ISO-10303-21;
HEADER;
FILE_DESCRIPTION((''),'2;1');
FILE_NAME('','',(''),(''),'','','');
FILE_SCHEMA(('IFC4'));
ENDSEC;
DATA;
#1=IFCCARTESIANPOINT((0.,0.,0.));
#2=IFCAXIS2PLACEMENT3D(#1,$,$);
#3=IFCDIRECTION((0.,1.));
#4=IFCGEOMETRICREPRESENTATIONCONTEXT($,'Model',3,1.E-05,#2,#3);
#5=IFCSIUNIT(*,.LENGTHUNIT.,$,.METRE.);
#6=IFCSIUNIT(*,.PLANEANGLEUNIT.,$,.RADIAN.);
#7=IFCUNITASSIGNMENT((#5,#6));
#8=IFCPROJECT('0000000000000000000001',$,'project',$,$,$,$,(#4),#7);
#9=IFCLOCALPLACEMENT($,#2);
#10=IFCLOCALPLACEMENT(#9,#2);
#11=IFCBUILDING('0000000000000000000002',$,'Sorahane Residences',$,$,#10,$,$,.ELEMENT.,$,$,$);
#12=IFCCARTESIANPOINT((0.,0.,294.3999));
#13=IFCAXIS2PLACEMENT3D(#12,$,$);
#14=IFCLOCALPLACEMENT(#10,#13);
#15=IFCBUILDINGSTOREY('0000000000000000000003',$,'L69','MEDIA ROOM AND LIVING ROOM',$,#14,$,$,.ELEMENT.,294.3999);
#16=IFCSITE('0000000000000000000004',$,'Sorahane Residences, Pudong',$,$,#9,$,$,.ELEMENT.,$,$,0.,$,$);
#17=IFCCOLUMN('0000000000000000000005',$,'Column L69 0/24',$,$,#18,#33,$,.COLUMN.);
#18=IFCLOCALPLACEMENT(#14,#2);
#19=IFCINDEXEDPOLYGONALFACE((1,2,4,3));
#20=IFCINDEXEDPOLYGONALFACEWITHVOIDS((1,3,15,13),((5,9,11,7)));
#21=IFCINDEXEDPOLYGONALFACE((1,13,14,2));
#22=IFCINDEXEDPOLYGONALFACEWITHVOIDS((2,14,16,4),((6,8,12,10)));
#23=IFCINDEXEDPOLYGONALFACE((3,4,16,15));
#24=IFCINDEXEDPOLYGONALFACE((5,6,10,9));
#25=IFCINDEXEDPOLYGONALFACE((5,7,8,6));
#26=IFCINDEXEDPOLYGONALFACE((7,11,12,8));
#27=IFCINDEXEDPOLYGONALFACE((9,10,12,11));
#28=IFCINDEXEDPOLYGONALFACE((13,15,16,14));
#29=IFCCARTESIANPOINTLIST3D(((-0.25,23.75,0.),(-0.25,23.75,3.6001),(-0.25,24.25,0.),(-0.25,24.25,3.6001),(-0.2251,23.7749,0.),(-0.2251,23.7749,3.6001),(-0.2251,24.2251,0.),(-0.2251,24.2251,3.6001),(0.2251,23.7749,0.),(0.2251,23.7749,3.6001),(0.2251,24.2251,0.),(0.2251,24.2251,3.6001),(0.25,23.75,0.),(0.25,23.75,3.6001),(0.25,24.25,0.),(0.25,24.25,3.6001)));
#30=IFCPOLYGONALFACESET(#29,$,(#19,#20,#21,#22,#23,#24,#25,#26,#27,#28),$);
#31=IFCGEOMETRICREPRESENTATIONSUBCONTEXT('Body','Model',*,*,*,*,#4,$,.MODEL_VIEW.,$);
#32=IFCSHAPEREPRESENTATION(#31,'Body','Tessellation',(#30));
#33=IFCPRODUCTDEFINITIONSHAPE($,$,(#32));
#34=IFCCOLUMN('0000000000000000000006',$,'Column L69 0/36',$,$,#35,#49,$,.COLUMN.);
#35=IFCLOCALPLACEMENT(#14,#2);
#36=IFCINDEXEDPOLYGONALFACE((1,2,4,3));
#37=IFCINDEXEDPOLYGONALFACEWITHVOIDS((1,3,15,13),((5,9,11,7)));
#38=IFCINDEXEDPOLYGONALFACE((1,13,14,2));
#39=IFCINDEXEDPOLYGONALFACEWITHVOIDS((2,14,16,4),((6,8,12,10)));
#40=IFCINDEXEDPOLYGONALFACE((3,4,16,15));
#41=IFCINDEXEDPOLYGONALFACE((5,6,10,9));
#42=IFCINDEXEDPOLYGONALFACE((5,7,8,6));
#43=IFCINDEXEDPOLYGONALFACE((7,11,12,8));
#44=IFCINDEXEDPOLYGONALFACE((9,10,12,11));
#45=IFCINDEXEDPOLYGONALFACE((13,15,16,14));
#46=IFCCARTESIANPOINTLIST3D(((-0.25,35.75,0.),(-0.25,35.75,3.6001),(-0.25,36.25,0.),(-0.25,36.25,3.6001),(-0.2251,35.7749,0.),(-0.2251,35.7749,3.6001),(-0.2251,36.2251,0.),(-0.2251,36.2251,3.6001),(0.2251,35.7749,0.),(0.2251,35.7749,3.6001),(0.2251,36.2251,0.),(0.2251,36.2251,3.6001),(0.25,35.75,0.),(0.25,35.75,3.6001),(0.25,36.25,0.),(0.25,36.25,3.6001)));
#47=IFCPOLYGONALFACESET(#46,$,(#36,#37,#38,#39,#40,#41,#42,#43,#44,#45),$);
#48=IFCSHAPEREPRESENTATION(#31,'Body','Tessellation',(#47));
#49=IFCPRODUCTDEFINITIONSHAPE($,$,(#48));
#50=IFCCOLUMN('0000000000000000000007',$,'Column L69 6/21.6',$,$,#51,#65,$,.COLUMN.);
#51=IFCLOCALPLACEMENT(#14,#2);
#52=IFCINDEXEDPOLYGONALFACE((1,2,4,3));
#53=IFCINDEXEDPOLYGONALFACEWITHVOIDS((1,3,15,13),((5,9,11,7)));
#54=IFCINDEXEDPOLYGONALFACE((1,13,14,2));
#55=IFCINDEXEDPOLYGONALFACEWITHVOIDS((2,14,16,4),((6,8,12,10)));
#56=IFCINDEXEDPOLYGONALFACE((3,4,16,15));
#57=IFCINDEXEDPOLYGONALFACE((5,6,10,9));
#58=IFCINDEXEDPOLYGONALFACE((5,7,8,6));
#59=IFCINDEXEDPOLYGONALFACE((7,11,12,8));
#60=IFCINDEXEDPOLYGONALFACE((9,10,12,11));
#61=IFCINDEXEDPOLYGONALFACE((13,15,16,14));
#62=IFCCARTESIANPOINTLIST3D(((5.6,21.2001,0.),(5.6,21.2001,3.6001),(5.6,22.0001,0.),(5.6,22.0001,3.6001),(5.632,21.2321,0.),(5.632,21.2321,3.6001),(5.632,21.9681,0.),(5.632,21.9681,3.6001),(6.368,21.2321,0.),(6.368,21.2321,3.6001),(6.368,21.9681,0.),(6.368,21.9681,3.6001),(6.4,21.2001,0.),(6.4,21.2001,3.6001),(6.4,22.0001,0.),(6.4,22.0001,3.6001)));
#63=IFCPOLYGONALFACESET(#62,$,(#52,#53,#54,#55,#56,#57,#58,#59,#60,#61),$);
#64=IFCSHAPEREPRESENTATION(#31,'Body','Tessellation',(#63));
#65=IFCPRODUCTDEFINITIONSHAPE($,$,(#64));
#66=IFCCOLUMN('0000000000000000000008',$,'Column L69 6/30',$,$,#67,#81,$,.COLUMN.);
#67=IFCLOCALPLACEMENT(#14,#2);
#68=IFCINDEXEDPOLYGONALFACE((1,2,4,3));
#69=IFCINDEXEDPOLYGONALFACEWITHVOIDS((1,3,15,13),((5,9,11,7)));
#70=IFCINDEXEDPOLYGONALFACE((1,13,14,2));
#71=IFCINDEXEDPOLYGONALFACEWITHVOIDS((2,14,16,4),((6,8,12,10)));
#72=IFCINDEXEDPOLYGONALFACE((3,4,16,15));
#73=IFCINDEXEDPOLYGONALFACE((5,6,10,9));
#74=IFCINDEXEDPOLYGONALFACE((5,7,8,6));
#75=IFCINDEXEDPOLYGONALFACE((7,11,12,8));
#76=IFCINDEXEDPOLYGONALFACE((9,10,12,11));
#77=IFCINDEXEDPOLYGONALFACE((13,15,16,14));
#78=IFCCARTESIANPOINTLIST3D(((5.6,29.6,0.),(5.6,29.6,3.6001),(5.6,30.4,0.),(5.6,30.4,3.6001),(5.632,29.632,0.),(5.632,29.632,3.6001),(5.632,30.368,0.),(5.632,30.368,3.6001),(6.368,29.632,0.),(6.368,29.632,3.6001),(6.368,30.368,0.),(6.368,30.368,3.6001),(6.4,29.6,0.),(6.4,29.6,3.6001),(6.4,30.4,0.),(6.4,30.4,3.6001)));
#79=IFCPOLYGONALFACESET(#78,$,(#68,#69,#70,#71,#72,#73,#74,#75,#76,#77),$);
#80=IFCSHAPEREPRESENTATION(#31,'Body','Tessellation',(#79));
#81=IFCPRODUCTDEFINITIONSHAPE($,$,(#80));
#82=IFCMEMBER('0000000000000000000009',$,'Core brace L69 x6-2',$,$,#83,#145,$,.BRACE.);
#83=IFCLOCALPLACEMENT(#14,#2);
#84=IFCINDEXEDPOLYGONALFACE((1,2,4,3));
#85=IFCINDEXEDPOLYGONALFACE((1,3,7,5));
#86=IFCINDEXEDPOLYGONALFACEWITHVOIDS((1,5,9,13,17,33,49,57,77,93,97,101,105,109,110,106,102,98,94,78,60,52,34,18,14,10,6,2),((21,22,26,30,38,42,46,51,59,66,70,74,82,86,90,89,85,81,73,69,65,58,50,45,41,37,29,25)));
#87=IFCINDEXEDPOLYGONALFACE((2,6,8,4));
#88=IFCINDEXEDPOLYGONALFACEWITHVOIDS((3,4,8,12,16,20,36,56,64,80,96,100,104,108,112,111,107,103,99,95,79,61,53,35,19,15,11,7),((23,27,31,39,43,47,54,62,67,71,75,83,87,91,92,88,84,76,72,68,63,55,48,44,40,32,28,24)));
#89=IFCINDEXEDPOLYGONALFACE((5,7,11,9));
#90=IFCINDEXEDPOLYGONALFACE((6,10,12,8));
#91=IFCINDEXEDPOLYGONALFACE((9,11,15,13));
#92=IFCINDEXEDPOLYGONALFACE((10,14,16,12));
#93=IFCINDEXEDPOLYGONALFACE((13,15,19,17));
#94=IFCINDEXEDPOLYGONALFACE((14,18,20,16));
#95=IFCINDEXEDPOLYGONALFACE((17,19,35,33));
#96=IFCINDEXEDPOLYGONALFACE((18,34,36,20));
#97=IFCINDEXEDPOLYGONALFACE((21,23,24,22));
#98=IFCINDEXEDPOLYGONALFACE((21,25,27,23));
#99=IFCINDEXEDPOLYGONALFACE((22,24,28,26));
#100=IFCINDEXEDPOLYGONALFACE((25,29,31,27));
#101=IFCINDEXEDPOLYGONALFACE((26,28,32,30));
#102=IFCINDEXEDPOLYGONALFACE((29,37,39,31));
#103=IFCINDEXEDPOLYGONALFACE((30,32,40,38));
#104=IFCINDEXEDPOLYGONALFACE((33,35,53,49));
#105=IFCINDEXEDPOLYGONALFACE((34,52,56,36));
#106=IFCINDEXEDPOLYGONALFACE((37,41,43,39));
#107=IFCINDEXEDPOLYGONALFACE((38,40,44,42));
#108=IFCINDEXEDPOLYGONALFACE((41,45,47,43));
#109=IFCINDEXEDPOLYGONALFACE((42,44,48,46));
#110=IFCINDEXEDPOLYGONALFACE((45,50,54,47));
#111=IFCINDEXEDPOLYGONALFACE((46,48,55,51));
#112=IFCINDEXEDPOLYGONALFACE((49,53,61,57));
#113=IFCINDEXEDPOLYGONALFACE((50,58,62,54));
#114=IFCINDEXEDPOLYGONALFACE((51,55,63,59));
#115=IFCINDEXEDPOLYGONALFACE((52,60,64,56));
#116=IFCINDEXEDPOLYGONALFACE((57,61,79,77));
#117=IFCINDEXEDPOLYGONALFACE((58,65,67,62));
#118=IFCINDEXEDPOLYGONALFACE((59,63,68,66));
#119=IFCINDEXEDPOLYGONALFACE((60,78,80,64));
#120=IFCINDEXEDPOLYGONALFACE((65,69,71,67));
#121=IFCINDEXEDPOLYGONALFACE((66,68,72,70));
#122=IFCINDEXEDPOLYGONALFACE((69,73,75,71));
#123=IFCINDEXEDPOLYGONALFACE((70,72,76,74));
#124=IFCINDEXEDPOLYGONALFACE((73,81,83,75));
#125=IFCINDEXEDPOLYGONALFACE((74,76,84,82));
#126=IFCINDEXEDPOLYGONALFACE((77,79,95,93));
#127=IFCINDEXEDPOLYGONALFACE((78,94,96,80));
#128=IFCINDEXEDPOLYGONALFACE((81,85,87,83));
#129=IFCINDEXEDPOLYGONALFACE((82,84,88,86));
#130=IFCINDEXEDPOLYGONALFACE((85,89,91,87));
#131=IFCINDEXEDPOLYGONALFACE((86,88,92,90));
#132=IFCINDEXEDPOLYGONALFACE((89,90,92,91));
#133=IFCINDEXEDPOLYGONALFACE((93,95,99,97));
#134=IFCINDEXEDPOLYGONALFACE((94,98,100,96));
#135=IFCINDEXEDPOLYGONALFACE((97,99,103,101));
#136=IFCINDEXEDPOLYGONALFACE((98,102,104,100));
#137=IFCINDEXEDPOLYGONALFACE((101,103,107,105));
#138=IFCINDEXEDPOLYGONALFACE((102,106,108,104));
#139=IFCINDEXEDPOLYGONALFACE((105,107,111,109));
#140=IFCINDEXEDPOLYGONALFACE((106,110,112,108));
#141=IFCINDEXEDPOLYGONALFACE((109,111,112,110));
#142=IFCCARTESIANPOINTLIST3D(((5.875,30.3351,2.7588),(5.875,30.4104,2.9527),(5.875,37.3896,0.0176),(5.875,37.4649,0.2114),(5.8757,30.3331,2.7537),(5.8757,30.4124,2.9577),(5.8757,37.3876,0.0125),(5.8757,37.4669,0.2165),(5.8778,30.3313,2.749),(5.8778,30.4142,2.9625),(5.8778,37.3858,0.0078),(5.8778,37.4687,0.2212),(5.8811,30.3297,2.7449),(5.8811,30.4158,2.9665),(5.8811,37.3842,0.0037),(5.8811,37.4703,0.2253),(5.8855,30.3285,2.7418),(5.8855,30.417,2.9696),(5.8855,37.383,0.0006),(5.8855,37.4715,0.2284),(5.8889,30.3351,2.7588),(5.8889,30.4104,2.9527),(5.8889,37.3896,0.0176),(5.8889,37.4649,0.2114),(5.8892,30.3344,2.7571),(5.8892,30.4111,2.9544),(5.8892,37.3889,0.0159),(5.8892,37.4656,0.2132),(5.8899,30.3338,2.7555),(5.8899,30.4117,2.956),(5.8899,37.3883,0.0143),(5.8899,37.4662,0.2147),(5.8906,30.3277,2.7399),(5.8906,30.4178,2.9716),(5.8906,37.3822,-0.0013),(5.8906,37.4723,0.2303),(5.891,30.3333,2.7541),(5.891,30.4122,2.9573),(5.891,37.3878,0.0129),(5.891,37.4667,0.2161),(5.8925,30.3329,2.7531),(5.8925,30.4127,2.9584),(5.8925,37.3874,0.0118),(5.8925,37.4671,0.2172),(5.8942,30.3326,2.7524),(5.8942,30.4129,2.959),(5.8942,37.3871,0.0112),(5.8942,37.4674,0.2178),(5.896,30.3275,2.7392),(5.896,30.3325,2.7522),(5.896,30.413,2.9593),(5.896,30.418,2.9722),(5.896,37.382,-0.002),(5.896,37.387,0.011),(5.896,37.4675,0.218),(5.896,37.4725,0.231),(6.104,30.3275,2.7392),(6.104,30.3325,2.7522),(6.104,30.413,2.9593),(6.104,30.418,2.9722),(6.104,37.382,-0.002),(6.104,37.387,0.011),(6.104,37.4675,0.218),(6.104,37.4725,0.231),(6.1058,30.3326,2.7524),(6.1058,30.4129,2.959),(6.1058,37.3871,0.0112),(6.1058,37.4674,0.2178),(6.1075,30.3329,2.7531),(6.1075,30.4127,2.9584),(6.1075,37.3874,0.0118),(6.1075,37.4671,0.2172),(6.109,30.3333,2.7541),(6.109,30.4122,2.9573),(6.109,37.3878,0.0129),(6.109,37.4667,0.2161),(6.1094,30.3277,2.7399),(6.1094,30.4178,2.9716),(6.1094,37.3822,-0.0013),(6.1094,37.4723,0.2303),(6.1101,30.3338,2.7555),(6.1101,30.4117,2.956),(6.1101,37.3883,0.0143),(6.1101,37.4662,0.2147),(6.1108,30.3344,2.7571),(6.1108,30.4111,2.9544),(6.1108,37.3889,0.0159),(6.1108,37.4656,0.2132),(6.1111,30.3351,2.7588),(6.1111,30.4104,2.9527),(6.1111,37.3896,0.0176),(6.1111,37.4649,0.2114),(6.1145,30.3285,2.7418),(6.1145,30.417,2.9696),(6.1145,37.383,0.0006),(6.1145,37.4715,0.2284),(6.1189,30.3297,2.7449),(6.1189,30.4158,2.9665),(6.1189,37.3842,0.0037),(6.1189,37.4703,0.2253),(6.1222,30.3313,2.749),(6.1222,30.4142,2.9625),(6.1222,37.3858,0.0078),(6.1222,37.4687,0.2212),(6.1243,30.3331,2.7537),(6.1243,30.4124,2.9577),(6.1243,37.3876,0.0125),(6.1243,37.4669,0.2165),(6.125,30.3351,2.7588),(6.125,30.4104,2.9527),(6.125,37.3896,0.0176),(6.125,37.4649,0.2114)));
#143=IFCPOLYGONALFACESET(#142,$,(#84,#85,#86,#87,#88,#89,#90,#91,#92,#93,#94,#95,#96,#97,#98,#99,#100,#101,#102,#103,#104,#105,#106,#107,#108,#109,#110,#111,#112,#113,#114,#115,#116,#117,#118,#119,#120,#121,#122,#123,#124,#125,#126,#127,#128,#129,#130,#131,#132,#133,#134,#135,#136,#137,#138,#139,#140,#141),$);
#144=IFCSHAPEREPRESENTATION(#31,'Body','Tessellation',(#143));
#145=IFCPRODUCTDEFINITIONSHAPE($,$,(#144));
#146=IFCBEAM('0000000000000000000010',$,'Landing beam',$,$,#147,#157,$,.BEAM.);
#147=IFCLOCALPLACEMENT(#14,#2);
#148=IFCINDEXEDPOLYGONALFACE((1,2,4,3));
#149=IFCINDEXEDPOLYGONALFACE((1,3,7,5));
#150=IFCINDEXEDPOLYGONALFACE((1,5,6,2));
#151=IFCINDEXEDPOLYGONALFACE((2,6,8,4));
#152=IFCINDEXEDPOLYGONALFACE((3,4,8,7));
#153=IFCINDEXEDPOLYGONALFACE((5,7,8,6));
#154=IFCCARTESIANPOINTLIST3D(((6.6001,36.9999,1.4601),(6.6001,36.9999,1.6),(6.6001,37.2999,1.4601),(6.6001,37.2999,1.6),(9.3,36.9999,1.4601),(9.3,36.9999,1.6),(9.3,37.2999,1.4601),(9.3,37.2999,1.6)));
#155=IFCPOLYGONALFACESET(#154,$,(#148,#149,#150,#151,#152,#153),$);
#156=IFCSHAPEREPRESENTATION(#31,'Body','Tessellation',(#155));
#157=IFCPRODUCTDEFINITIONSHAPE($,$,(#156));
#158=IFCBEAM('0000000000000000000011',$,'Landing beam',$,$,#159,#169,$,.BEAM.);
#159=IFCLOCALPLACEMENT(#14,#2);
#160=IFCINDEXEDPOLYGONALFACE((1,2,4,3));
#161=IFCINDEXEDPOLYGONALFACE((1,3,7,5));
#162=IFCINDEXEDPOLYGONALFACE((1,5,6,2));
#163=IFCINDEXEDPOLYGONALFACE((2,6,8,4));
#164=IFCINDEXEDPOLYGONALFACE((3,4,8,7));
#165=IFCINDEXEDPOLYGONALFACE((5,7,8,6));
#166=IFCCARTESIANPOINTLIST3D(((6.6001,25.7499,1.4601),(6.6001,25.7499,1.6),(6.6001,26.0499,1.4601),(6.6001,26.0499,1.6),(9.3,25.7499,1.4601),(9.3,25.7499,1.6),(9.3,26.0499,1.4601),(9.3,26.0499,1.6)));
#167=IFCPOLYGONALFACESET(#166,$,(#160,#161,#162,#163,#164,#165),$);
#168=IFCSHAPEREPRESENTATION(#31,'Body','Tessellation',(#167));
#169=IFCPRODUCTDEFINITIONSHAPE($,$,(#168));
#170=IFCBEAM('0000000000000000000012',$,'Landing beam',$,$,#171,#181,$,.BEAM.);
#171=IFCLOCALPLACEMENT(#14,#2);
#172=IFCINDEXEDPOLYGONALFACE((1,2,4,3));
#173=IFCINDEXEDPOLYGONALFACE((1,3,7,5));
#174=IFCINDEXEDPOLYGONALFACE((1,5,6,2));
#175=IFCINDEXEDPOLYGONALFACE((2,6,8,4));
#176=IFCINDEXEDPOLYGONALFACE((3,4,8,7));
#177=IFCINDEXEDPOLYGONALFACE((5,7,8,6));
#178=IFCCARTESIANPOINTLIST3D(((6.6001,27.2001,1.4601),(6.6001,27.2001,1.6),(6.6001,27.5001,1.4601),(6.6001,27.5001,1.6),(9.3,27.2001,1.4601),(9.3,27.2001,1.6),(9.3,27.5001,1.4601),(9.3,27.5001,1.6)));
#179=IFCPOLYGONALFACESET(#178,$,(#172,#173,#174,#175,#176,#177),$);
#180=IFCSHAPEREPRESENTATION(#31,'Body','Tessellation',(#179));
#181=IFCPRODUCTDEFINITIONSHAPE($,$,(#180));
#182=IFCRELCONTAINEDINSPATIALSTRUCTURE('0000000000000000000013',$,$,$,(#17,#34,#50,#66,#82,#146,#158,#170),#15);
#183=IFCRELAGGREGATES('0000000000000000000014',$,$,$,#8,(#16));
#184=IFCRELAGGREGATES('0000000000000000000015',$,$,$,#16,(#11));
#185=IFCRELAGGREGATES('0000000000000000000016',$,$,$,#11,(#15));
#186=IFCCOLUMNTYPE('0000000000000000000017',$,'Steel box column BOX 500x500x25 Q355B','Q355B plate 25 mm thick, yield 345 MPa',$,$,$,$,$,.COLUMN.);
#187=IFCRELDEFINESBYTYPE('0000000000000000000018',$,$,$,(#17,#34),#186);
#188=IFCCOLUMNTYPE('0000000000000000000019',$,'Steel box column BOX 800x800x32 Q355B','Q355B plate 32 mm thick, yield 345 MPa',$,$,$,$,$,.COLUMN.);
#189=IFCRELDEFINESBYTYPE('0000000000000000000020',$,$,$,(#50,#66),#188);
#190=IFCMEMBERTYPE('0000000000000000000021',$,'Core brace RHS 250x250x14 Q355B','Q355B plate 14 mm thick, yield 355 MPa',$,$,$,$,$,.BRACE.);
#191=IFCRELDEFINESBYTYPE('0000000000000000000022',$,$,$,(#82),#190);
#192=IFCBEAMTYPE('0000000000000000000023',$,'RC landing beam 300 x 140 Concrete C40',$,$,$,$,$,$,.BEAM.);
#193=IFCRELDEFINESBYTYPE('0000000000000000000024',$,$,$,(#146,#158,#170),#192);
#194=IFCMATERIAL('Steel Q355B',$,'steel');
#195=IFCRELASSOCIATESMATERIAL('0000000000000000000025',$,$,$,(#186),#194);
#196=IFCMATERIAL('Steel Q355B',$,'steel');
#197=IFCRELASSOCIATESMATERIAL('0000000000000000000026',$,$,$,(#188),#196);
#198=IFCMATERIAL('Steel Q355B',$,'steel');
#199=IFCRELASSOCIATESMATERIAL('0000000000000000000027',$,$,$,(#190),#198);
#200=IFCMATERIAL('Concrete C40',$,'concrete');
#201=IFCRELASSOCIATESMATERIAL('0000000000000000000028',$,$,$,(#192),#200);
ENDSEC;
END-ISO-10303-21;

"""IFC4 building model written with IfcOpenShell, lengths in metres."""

from ifc_helpers import new_model, si_unit, direction, frame, origin, origin_2d, place, context, subcontext, project, spatial, rectangle, hollow_rectangle, extrude, material, material_profile, profile_set, type_object, element, save


model = new_model("IFC4")

# Units and contexts
model_context = context("Model", 3, precision=1e-05, world=origin(), true_north=direction((0.0, 1.0)))
body_context = subcontext(model_context, "Body", "Model", "MODEL_VIEW")
ifc_project = project(units=[si_unit("LENGTHUNIT", "METRE"), si_unit("PLANEANGLEUNIT", "RADIAN")], contexts=[model_context])

# Site, building, storey
site_placement = place(None, origin())
site = spatial("IfcSite", under=ifc_project, at=site_placement, Name="Sorahane Residences, Pudong", CompositionType="ELEMENT", RefElevation=0.0)
building_placement = place(site_placement, origin())
building = spatial("IfcBuilding", under=site, at=building_placement, Name="Sorahane Residences", CompositionType="ELEMENT")
storey_placement = place(building_placement, frame((0.0, 0.0, 294.3999)))
storey = spatial("IfcBuildingStorey", under=building, at=storey_placement, Name="L69", Description="MEDIA ROOM AND LIVING ROOM", CompositionType="ELEMENT", Elevation=294.3999)

# Columns
ifc_material_1 = material(Name="Steel Q355B", Category="steel")
ifc_material_profile_1 = material_profile(ifc_material_1, hollow_rectangle(XDim=0.5, YDim=0.5, WallThickness=0.0249, at=origin_2d()), Name="BOX 500x500x25")
ifc_profile_set_1 = profile_set([ifc_material_profile_1], Name="Steel Q355B")
column_type_1 = type_object("IfcColumnType", Name="Steel box column BOX 500x500x25 Q355B", Description="Q355B plate 25 mm thick, yield 345 MPa", PredefinedType="COLUMN", material=ifc_profile_set_1)
for number, where, z_axis, x_axis, name in (
    (1, (0.0, 24.0, 0.0), (0.0, 0.0, 1.0), (1.0, 0.0, 0.0), "Column L69 0/24"),
    (2, (0.0, 36.0, 0.0), (0.0, 0.0, 1.0), (1.0, 0.0, 0.0), "Column L69 0/36"),
):
    element("IfcColumn", number, at=place(storey_placement, frame(where, z_axis=z_axis, x_axis=x_axis)), inside=storey, type_object=column_type_1, Name=name, PredefinedType="COLUMN", context=body_context, shape_type="SweptSolid", body=[
        extrude(hollow_rectangle(XDim=0.5, YDim=0.5, WallThickness=0.0249, at=origin_2d()), origin(), (0.0, 0.0, 1.0), 3.6001),
    ])
ifc_material_2 = material(Name="Steel Q355B", Category="steel")
ifc_material_profile_2 = material_profile(ifc_material_2, hollow_rectangle(XDim=0.8, YDim=0.8, WallThickness=0.032, at=origin_2d()), Name="BOX 800x800x32")
ifc_profile_set_2 = profile_set([ifc_material_profile_2], Name="Steel Q355B")
column_type_2 = type_object("IfcColumnType", Name="Steel box column BOX 800x800x32 Q355B", Description="Q355B plate 32 mm thick, yield 345 MPa", PredefinedType="COLUMN", material=ifc_profile_set_2)
for number, where, z_axis, x_axis, name in (
    (3, (6.0, 21.6001, 0.0), (0.0, 0.0, 1.0), (1.0, 0.0, 0.0), "Column L69 6/21.6"),
    (4, (6.0, 30.0, 0.0), (0.0, 0.0, 1.0), (1.0, 0.0, 0.0), "Column L69 6/30"),
):
    element("IfcColumn", number, at=place(storey_placement, frame(where, z_axis=z_axis, x_axis=x_axis)), inside=storey, type_object=column_type_2, Name=name, PredefinedType="COLUMN", context=body_context, shape_type="SweptSolid", body=[
        extrude(hollow_rectangle(XDim=0.8, YDim=0.8, WallThickness=0.032, at=origin_2d()), origin(), (0.0, 0.0, 1.0), 3.6001),
    ])

# Member
ifc_material_3 = material(Name="Steel Q355B", Category="steel")
ifc_material_profile_3 = material_profile(ifc_material_3, hollow_rectangle(XDim=0.25, YDim=0.25, WallThickness=0.0139, InnerFilletRadius=0.0071, OuterFilletRadius=0.021, at=origin_2d()), Name="RHS 250x250x14")
ifc_profile_set_3 = profile_set([ifc_material_profile_3], Name="Steel Q355B")
member_type = type_object("IfcMemberType", Name="Core brace RHS 250x250x14 Q355B", Description="Q355B plate 14 mm thick, yield 355 MPa", PredefinedType="BRACE", material=ifc_profile_set_3)
member_placement = place(storey_placement, frame((6.0, 37.4272, 0.1145), z_axis=(0.0, -0.932102, 0.362196), x_axis=(1.0, 0.0, 0.0)))
element("IfcMember", 5, at=member_placement, inside=storey, type_object=member_type, Name="Core brace L69 x6-2", PredefinedType="BRACE", context=body_context, shape_type="SweptSolid", body=[
    extrude(hollow_rectangle(XDim=0.25, YDim=0.25, WallThickness=0.0139, InnerFilletRadius=0.0071, OuterFilletRadius=0.021, at=origin_2d()), origin(), (0.0, 0.0, 1.0), 7.5684),
])

# Beams
ifc_material_4 = material(Name="Concrete C40", Category="concrete")
ifc_material_profile_4 = material_profile(ifc_material_4, rectangle(XDim=0.3, YDim=0.1399, at=origin_2d()), Name="300x140")
ifc_profile_set_4 = profile_set([ifc_material_profile_4], Name="Concrete C40")
beam_type_1 = type_object("IfcBeamType", Name="RC landing beam 300 x 140 Concrete C40", PredefinedType="BEAM", material=ifc_profile_set_4)
for number, where, z_axis, x_axis, name in (
    (6, (6.6001, 37.1499, 1.53), (1.0, 0.0, 0.0), (0.0, 1.0, 0.0), "Landing beam"),
    (7, (6.6001, 25.8999, 1.53), (1.0, 0.0, 0.0), (0.0, 1.0, 0.0), "Landing beam"),
    (8, (6.6001, 27.3501, 1.53), (1.0, 0.0, 0.0), (0.0, 1.0, 0.0), "Landing beam"),
):
    element("IfcBeam", number, at=place(storey_placement, frame(where, z_axis=z_axis, x_axis=x_axis)), inside=storey, type_object=beam_type_1, Name=name, PredefinedType="BEAM", context=body_context, shape_type="SweptSolid", body=[
        extrude(rectangle(XDim=0.3, YDim=0.1399, at=origin_2d()), origin(), (0.0, 0.0, 1.0), 2.7),
    ])

save(model, "model.ifc")
